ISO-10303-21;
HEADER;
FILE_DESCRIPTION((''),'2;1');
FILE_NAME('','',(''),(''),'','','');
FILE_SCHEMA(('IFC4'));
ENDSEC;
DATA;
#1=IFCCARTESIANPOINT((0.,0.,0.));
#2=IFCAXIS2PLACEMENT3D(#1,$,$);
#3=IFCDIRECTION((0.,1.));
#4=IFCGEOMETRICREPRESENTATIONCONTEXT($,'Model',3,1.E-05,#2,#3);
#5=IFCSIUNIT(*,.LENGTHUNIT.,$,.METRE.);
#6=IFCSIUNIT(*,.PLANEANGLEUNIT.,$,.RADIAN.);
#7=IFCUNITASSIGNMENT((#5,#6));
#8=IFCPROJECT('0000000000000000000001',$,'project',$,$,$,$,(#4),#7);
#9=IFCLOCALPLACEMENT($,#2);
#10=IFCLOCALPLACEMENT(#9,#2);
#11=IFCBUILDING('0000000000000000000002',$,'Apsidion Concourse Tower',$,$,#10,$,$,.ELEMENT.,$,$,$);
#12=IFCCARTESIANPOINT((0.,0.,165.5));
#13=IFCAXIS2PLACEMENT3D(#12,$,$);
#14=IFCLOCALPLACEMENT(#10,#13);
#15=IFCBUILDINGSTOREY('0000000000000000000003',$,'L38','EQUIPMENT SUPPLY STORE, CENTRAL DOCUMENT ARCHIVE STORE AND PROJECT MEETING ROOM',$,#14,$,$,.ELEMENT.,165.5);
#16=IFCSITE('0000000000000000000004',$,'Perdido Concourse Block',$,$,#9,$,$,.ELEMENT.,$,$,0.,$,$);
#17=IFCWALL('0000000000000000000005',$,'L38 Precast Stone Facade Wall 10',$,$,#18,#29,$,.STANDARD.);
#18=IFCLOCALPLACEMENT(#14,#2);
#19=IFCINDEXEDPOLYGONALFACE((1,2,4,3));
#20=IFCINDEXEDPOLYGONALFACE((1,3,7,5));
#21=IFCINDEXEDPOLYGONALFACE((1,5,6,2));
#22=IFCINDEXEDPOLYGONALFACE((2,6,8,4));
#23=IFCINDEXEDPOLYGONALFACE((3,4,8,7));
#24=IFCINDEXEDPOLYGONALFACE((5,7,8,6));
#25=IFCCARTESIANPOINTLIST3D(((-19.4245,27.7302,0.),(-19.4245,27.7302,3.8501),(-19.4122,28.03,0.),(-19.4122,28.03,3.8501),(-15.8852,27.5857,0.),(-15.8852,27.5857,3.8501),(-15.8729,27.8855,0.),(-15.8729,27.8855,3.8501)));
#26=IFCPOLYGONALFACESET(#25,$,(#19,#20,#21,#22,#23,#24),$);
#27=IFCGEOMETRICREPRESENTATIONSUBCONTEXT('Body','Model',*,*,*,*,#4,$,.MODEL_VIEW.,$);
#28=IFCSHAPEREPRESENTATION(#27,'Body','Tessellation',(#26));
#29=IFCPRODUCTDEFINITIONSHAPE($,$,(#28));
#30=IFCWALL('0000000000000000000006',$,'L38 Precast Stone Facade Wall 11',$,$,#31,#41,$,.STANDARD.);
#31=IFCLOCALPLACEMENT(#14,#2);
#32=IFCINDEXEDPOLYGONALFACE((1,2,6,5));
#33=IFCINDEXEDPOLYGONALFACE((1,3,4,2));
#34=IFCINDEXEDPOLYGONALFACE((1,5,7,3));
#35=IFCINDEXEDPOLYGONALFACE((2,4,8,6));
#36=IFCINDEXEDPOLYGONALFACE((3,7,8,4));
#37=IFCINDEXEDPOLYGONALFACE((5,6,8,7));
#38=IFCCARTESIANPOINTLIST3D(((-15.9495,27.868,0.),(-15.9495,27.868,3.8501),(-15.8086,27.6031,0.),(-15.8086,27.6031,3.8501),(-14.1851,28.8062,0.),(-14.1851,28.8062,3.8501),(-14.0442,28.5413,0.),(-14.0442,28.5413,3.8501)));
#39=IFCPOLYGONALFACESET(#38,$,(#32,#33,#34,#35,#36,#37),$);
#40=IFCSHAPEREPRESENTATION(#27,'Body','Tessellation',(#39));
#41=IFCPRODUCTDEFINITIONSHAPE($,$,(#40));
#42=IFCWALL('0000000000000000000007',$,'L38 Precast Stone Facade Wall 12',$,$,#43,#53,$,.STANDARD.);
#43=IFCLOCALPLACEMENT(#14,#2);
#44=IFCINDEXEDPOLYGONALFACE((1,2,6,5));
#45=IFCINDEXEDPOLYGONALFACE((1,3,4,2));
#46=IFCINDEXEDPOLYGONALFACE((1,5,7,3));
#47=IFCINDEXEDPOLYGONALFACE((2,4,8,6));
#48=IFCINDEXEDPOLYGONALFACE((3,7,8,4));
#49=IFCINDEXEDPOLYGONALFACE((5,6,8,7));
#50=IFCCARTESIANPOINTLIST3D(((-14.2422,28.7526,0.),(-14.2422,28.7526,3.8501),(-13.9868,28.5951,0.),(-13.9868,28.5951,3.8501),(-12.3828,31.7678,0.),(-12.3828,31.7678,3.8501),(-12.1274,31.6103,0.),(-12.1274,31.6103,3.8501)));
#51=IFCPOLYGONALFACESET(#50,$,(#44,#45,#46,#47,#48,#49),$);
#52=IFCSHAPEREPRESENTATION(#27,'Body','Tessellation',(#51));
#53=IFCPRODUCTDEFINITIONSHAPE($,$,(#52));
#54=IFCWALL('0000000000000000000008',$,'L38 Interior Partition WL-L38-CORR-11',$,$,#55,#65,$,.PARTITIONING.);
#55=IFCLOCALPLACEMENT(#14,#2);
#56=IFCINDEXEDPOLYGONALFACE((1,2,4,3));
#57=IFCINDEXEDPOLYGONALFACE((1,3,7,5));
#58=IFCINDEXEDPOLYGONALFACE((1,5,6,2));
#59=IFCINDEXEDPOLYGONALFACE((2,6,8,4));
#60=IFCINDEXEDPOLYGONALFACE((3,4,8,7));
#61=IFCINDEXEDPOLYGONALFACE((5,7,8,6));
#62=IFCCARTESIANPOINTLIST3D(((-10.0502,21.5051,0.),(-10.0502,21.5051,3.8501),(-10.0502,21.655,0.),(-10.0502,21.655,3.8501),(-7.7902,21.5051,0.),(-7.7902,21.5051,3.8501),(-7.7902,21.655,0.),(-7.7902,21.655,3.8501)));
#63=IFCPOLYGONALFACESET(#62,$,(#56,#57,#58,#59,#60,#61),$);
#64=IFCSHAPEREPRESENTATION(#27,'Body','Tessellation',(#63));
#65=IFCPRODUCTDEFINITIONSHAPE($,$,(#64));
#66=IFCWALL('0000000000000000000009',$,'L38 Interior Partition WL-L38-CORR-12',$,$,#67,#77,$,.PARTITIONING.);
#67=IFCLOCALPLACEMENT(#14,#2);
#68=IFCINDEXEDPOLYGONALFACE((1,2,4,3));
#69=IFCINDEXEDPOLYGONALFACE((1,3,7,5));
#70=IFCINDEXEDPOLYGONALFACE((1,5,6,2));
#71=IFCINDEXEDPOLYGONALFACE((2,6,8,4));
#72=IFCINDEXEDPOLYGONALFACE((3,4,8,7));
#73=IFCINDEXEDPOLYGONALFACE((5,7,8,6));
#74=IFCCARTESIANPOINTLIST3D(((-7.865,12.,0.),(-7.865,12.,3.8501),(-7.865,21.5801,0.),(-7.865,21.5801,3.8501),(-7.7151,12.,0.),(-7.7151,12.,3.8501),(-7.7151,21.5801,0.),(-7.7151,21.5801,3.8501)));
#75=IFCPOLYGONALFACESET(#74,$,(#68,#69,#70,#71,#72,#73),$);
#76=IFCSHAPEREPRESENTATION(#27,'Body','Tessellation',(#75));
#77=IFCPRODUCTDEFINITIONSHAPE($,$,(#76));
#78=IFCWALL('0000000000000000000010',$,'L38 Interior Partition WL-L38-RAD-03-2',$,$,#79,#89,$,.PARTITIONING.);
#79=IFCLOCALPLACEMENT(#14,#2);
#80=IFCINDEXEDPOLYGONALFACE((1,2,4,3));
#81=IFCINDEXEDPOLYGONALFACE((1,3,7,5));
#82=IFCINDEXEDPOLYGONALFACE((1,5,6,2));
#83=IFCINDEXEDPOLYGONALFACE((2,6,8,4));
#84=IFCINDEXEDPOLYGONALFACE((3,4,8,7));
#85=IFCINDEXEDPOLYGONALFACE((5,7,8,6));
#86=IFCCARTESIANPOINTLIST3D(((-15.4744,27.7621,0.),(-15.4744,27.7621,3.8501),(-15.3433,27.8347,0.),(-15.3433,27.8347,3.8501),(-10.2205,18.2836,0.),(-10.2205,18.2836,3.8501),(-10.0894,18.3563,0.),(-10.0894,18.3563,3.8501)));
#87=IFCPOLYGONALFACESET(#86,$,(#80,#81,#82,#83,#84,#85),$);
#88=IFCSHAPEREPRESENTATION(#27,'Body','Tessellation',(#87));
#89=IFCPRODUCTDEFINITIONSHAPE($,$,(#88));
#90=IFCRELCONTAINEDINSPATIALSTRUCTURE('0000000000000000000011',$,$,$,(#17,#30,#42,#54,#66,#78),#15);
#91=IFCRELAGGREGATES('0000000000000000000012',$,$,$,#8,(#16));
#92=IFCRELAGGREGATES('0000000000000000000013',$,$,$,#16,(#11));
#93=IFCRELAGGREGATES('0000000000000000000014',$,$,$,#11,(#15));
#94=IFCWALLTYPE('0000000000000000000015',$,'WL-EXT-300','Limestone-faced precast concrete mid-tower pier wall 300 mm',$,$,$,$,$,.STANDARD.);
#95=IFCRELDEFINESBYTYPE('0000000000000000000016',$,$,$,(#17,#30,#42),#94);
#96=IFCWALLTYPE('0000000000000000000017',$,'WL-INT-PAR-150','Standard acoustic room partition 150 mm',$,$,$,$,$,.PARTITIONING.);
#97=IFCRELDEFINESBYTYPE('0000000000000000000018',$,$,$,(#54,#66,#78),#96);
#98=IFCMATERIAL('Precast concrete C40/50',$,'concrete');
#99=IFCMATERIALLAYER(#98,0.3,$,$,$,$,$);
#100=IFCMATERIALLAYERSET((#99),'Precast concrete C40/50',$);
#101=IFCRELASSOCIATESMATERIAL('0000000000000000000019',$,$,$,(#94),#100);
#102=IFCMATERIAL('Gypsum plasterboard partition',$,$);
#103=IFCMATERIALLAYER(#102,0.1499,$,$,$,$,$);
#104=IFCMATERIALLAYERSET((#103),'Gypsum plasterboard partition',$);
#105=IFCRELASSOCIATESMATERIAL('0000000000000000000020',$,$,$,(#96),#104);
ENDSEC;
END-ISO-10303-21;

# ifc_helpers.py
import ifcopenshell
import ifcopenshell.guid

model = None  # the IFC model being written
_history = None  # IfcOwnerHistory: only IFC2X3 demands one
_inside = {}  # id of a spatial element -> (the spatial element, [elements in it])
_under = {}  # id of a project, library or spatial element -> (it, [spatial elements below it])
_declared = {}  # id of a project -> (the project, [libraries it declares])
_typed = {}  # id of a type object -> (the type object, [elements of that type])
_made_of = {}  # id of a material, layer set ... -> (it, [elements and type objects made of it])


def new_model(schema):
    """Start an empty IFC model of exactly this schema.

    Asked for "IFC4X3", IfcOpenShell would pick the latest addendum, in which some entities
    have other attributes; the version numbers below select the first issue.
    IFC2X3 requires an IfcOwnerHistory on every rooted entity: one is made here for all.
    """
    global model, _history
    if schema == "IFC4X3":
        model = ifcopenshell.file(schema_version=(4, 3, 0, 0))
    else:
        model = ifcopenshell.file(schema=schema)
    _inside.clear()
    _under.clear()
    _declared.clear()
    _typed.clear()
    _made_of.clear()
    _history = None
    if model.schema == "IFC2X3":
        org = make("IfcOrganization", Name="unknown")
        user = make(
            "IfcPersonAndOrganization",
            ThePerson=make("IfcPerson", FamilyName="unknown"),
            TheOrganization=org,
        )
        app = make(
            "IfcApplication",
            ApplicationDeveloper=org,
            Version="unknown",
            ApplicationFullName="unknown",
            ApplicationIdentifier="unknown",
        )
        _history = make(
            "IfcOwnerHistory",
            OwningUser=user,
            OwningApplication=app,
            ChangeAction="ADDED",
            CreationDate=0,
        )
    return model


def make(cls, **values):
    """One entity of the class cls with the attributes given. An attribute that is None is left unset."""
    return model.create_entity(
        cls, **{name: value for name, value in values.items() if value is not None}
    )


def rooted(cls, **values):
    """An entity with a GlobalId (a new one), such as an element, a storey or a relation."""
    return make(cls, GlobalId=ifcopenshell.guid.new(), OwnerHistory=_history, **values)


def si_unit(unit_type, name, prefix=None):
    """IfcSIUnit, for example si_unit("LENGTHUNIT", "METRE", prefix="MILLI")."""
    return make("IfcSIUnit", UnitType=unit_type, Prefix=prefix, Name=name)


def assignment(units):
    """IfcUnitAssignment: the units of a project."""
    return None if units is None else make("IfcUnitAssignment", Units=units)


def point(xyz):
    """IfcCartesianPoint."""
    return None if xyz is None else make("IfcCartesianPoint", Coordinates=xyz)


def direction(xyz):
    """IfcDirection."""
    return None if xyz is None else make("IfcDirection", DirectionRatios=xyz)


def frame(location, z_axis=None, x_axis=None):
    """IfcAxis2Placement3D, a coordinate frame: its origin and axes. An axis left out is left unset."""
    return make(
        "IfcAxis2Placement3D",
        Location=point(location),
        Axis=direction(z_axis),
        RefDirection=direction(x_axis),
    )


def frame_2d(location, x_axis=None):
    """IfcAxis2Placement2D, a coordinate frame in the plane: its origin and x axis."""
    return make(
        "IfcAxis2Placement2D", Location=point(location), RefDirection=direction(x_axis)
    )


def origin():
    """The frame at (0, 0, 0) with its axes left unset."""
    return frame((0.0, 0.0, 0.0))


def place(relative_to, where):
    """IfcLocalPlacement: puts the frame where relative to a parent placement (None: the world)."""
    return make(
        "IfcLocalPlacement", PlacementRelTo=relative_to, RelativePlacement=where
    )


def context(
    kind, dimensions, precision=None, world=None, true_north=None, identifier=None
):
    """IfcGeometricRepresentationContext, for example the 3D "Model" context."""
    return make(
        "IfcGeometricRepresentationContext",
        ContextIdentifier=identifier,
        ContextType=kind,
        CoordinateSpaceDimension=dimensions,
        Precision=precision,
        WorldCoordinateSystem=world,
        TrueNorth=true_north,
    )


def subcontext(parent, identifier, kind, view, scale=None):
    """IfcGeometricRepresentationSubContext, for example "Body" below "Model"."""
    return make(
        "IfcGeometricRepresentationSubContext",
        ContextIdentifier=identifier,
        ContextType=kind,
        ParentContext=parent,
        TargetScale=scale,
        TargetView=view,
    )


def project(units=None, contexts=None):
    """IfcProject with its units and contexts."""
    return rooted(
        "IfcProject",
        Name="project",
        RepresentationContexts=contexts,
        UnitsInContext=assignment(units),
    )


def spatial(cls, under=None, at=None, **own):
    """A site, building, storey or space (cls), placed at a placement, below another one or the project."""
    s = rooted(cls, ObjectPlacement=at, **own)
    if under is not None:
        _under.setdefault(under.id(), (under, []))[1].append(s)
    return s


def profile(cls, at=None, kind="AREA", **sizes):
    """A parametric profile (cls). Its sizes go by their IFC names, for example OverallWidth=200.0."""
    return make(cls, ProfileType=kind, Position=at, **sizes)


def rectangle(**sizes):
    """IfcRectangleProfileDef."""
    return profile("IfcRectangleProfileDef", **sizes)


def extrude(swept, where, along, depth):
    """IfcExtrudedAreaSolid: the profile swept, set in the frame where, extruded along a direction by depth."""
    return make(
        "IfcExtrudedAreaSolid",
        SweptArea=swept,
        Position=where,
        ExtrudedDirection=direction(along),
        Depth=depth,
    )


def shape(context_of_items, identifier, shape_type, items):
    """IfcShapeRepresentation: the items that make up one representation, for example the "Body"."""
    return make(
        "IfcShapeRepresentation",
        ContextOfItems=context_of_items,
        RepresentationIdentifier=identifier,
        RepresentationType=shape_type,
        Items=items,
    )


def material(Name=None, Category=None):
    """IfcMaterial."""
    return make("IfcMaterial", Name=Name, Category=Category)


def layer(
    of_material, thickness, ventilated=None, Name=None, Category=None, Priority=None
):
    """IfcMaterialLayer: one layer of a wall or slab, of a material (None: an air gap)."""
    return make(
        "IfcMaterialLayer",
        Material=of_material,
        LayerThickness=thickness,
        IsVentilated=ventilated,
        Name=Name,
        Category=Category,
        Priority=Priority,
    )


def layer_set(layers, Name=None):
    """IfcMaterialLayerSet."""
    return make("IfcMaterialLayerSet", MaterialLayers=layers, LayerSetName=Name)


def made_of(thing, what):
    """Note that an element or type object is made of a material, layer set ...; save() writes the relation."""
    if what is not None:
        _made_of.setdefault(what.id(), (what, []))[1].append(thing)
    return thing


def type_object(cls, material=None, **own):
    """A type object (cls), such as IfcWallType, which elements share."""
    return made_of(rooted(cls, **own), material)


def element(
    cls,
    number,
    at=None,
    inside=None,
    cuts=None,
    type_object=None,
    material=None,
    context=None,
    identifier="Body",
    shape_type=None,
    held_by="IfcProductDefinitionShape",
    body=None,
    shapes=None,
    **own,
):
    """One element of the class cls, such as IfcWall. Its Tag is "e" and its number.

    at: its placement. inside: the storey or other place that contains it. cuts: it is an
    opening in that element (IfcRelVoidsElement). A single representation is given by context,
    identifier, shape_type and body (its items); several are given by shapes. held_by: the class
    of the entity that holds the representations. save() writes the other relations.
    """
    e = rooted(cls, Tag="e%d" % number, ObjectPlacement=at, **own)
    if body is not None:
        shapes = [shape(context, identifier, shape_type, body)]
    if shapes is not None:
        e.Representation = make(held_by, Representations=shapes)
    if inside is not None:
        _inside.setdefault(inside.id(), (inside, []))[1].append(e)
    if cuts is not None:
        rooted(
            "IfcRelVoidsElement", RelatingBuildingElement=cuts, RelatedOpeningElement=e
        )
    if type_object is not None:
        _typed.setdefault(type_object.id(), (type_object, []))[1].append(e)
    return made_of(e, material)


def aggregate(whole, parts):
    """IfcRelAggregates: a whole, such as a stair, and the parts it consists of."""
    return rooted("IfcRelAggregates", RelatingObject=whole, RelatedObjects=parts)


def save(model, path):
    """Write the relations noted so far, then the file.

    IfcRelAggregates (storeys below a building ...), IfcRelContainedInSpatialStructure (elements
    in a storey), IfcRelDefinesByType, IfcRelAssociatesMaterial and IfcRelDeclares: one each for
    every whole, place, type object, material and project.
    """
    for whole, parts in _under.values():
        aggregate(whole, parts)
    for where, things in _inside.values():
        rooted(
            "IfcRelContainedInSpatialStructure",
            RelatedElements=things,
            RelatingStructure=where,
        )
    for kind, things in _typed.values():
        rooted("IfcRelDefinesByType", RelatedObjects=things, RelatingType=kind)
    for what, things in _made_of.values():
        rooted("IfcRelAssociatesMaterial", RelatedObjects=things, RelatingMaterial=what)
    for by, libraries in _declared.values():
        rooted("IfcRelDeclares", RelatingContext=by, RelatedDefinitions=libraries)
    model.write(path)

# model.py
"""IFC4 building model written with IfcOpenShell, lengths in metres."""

from ifc_helpers import new_model, si_unit, direction, frame, frame_2d, origin, place, context, subcontext, project, spatial, rectangle, extrude, material, layer, layer_set, type_object, element, save


model = new_model("IFC4")

# Units and contexts
model_context = context("Model", 3, precision=1e-05, world=origin(), true_north=direction((0.0, 1.0)))
body_context = subcontext(model_context, "Body", "Model", "MODEL_VIEW")
ifc_project = project(units=[si_unit("LENGTHUNIT", "METRE"), si_unit("PLANEANGLEUNIT", "RADIAN")], contexts=[model_context])

# Site, building, storey
site_placement = place(None, origin())
site = spatial("IfcSite", under=ifc_project, at=site_placement, Name="Perdido Concourse Block", CompositionType="ELEMENT", RefElevation=0.0)
building_placement = place(site_placement, origin())
building = spatial("IfcBuilding", under=site, at=building_placement, Name="Apsidion Concourse Tower", CompositionType="ELEMENT")
storey_placement = place(building_placement, frame((0.0, 0.0, 165.5)))
storey = spatial("IfcBuildingStorey", under=building, at=storey_placement, Name="L38", Description="EQUIPMENT SUPPLY STORE, CENTRAL DOCUMENT ARCHIVE STORE AND PROJECT MEETING ROOM", CompositionType="ELEMENT", Elevation=165.5)

# Shared definitions
ifc_material_1 = material(Name="Precast concrete C40/50", Category="concrete")
ifc_layer_1 = layer(ifc_material_1, 0.3)
ifc_layer_set_1 = layer_set([ifc_layer_1], Name="Precast concrete C40/50")
wall_type_1 = type_object("IfcWallType", Name="WL-EXT-300", Description="Limestone-faced precast concrete mid-tower pier wall 300 mm", PredefinedType="STANDARD", material=ifc_layer_set_1)

# Walls
wall_1_placement = place(storey_placement, frame((-19.4182, 27.8801, 0.0), z_axis=(0.0, 0.0, 1.0), x_axis=(0.999167, -0.040802, 0.0)))
element("IfcWall", 1, at=wall_1_placement, inside=storey, type_object=wall_type_1, Name="L38 Precast Stone Facade Wall 10", PredefinedType="STANDARD", context=body_context, shape_type="SweptSolid", body=[
    extrude(rectangle(XDim=3.5422, YDim=0.3, at=frame_2d((1.771, 0.0))), origin(), (0.0, 0.0, 1.0), 3.8501),
])
wall_2_placement = place(storey_placement, frame((-15.8789, 27.7356, 0.0), z_axis=(0.0, 0.0, 1.0), x_axis=(0.882931, 0.469504, 0.0)))
element("IfcWall", 2, at=wall_2_placement, inside=storey, type_object=wall_type_1, Name="L38 Precast Stone Facade Wall 11", PredefinedType="STANDARD", context=body_context, shape_type="SweptSolid", body=[
    extrude(rectangle(XDim=1.9983, YDim=0.3, at=frame_2d((0.999, 0.0))), origin(), (0.0, 0.0, 1.0), 3.8501),
])
wall_3_placement = place(storey_placement, frame((-14.1145, 28.6738, 0.0), z_axis=(0.0, 0.0, 1.0), x_axis=(0.524897, 0.851166, 0.0)))
element("IfcWall", 3, at=wall_3_placement, inside=storey, type_object=wall_type_1, Name="L38 Precast Stone Facade Wall 12", PredefinedType="STANDARD", context=body_context, shape_type="SweptSolid", body=[
    extrude(rectangle(XDim=3.5425, YDim=0.3, at=frame_2d((1.7712, 0.0))), origin(), (0.0, 0.0, 1.0), 3.8501),
])
ifc_material_2 = material(Name="Gypsum plasterboard partition")
ifc_layer_2 = layer(ifc_material_2, 0.1499)
ifc_layer_set_2 = layer_set([ifc_layer_2], Name="Gypsum plasterboard partition")
wall_type_2 = type_object("IfcWallType", Name="WL-INT-PAR-150", Description="Standard acoustic room partition 150 mm", PredefinedType="PARTITIONING", material=ifc_layer_set_2)
wall_4_placement = place(storey_placement, frame((-10.05, 21.5801, 0.0), z_axis=(0.0, 0.0, 1.0), x_axis=(1.0, 0.0, 0.0)))
element("IfcWall", 4, at=wall_4_placement, inside=storey, type_object=wall_type_2, Name="L38 Interior Partition WL-L38-CORR-11", PredefinedType="PARTITIONING", context=body_context, shape_type="SweptSolid", body=[
    extrude(rectangle(XDim=2.26, YDim=0.1499, at=frame_2d((1.1299, 0.0))), origin(), (0.0, 0.0, 1.0), 3.8501),
])
wall_5_placement = place(storey_placement, frame((-7.79, 21.5801, 0.0), z_axis=(0.0, 0.0, 1.0), x_axis=(0.0, -1.0, 0.0)))
element("IfcWall", 5, at=wall_5_placement, inside=storey, type_object=wall_type_2, Name="L38 Interior Partition WL-L38-CORR-12", PredefinedType="PARTITIONING", context=body_context, shape_type="SweptSolid", body=[
    extrude(rectangle(XDim=9.5801, YDim=0.1499, at=frame_2d((4.79, 0.0))), origin(), (0.0, 0.0, 1.0), 3.8501),
])
wall_6_placement = place(storey_placement, frame((-10.155, 18.3201, 0.0), z_axis=(0.0, 0.0, 1.0), x_axis=(-0.484801, 0.874624, 0.0)))
element("IfcWall", 6, at=wall_6_placement, inside=storey, type_object=wall_type_2, Name="L38 Interior Partition WL-L38-RAD-03-2", PredefinedType="PARTITIONING", context=body_context, shape_type="SweptSolid", body=[
    extrude(rectangle(XDim=10.8372, YDim=0.1499, at=frame_2d((5.4185, 0.0))), origin(), (0.0, 0.0, 1.0), 3.8501),
])

save(model, "model.ifc")
